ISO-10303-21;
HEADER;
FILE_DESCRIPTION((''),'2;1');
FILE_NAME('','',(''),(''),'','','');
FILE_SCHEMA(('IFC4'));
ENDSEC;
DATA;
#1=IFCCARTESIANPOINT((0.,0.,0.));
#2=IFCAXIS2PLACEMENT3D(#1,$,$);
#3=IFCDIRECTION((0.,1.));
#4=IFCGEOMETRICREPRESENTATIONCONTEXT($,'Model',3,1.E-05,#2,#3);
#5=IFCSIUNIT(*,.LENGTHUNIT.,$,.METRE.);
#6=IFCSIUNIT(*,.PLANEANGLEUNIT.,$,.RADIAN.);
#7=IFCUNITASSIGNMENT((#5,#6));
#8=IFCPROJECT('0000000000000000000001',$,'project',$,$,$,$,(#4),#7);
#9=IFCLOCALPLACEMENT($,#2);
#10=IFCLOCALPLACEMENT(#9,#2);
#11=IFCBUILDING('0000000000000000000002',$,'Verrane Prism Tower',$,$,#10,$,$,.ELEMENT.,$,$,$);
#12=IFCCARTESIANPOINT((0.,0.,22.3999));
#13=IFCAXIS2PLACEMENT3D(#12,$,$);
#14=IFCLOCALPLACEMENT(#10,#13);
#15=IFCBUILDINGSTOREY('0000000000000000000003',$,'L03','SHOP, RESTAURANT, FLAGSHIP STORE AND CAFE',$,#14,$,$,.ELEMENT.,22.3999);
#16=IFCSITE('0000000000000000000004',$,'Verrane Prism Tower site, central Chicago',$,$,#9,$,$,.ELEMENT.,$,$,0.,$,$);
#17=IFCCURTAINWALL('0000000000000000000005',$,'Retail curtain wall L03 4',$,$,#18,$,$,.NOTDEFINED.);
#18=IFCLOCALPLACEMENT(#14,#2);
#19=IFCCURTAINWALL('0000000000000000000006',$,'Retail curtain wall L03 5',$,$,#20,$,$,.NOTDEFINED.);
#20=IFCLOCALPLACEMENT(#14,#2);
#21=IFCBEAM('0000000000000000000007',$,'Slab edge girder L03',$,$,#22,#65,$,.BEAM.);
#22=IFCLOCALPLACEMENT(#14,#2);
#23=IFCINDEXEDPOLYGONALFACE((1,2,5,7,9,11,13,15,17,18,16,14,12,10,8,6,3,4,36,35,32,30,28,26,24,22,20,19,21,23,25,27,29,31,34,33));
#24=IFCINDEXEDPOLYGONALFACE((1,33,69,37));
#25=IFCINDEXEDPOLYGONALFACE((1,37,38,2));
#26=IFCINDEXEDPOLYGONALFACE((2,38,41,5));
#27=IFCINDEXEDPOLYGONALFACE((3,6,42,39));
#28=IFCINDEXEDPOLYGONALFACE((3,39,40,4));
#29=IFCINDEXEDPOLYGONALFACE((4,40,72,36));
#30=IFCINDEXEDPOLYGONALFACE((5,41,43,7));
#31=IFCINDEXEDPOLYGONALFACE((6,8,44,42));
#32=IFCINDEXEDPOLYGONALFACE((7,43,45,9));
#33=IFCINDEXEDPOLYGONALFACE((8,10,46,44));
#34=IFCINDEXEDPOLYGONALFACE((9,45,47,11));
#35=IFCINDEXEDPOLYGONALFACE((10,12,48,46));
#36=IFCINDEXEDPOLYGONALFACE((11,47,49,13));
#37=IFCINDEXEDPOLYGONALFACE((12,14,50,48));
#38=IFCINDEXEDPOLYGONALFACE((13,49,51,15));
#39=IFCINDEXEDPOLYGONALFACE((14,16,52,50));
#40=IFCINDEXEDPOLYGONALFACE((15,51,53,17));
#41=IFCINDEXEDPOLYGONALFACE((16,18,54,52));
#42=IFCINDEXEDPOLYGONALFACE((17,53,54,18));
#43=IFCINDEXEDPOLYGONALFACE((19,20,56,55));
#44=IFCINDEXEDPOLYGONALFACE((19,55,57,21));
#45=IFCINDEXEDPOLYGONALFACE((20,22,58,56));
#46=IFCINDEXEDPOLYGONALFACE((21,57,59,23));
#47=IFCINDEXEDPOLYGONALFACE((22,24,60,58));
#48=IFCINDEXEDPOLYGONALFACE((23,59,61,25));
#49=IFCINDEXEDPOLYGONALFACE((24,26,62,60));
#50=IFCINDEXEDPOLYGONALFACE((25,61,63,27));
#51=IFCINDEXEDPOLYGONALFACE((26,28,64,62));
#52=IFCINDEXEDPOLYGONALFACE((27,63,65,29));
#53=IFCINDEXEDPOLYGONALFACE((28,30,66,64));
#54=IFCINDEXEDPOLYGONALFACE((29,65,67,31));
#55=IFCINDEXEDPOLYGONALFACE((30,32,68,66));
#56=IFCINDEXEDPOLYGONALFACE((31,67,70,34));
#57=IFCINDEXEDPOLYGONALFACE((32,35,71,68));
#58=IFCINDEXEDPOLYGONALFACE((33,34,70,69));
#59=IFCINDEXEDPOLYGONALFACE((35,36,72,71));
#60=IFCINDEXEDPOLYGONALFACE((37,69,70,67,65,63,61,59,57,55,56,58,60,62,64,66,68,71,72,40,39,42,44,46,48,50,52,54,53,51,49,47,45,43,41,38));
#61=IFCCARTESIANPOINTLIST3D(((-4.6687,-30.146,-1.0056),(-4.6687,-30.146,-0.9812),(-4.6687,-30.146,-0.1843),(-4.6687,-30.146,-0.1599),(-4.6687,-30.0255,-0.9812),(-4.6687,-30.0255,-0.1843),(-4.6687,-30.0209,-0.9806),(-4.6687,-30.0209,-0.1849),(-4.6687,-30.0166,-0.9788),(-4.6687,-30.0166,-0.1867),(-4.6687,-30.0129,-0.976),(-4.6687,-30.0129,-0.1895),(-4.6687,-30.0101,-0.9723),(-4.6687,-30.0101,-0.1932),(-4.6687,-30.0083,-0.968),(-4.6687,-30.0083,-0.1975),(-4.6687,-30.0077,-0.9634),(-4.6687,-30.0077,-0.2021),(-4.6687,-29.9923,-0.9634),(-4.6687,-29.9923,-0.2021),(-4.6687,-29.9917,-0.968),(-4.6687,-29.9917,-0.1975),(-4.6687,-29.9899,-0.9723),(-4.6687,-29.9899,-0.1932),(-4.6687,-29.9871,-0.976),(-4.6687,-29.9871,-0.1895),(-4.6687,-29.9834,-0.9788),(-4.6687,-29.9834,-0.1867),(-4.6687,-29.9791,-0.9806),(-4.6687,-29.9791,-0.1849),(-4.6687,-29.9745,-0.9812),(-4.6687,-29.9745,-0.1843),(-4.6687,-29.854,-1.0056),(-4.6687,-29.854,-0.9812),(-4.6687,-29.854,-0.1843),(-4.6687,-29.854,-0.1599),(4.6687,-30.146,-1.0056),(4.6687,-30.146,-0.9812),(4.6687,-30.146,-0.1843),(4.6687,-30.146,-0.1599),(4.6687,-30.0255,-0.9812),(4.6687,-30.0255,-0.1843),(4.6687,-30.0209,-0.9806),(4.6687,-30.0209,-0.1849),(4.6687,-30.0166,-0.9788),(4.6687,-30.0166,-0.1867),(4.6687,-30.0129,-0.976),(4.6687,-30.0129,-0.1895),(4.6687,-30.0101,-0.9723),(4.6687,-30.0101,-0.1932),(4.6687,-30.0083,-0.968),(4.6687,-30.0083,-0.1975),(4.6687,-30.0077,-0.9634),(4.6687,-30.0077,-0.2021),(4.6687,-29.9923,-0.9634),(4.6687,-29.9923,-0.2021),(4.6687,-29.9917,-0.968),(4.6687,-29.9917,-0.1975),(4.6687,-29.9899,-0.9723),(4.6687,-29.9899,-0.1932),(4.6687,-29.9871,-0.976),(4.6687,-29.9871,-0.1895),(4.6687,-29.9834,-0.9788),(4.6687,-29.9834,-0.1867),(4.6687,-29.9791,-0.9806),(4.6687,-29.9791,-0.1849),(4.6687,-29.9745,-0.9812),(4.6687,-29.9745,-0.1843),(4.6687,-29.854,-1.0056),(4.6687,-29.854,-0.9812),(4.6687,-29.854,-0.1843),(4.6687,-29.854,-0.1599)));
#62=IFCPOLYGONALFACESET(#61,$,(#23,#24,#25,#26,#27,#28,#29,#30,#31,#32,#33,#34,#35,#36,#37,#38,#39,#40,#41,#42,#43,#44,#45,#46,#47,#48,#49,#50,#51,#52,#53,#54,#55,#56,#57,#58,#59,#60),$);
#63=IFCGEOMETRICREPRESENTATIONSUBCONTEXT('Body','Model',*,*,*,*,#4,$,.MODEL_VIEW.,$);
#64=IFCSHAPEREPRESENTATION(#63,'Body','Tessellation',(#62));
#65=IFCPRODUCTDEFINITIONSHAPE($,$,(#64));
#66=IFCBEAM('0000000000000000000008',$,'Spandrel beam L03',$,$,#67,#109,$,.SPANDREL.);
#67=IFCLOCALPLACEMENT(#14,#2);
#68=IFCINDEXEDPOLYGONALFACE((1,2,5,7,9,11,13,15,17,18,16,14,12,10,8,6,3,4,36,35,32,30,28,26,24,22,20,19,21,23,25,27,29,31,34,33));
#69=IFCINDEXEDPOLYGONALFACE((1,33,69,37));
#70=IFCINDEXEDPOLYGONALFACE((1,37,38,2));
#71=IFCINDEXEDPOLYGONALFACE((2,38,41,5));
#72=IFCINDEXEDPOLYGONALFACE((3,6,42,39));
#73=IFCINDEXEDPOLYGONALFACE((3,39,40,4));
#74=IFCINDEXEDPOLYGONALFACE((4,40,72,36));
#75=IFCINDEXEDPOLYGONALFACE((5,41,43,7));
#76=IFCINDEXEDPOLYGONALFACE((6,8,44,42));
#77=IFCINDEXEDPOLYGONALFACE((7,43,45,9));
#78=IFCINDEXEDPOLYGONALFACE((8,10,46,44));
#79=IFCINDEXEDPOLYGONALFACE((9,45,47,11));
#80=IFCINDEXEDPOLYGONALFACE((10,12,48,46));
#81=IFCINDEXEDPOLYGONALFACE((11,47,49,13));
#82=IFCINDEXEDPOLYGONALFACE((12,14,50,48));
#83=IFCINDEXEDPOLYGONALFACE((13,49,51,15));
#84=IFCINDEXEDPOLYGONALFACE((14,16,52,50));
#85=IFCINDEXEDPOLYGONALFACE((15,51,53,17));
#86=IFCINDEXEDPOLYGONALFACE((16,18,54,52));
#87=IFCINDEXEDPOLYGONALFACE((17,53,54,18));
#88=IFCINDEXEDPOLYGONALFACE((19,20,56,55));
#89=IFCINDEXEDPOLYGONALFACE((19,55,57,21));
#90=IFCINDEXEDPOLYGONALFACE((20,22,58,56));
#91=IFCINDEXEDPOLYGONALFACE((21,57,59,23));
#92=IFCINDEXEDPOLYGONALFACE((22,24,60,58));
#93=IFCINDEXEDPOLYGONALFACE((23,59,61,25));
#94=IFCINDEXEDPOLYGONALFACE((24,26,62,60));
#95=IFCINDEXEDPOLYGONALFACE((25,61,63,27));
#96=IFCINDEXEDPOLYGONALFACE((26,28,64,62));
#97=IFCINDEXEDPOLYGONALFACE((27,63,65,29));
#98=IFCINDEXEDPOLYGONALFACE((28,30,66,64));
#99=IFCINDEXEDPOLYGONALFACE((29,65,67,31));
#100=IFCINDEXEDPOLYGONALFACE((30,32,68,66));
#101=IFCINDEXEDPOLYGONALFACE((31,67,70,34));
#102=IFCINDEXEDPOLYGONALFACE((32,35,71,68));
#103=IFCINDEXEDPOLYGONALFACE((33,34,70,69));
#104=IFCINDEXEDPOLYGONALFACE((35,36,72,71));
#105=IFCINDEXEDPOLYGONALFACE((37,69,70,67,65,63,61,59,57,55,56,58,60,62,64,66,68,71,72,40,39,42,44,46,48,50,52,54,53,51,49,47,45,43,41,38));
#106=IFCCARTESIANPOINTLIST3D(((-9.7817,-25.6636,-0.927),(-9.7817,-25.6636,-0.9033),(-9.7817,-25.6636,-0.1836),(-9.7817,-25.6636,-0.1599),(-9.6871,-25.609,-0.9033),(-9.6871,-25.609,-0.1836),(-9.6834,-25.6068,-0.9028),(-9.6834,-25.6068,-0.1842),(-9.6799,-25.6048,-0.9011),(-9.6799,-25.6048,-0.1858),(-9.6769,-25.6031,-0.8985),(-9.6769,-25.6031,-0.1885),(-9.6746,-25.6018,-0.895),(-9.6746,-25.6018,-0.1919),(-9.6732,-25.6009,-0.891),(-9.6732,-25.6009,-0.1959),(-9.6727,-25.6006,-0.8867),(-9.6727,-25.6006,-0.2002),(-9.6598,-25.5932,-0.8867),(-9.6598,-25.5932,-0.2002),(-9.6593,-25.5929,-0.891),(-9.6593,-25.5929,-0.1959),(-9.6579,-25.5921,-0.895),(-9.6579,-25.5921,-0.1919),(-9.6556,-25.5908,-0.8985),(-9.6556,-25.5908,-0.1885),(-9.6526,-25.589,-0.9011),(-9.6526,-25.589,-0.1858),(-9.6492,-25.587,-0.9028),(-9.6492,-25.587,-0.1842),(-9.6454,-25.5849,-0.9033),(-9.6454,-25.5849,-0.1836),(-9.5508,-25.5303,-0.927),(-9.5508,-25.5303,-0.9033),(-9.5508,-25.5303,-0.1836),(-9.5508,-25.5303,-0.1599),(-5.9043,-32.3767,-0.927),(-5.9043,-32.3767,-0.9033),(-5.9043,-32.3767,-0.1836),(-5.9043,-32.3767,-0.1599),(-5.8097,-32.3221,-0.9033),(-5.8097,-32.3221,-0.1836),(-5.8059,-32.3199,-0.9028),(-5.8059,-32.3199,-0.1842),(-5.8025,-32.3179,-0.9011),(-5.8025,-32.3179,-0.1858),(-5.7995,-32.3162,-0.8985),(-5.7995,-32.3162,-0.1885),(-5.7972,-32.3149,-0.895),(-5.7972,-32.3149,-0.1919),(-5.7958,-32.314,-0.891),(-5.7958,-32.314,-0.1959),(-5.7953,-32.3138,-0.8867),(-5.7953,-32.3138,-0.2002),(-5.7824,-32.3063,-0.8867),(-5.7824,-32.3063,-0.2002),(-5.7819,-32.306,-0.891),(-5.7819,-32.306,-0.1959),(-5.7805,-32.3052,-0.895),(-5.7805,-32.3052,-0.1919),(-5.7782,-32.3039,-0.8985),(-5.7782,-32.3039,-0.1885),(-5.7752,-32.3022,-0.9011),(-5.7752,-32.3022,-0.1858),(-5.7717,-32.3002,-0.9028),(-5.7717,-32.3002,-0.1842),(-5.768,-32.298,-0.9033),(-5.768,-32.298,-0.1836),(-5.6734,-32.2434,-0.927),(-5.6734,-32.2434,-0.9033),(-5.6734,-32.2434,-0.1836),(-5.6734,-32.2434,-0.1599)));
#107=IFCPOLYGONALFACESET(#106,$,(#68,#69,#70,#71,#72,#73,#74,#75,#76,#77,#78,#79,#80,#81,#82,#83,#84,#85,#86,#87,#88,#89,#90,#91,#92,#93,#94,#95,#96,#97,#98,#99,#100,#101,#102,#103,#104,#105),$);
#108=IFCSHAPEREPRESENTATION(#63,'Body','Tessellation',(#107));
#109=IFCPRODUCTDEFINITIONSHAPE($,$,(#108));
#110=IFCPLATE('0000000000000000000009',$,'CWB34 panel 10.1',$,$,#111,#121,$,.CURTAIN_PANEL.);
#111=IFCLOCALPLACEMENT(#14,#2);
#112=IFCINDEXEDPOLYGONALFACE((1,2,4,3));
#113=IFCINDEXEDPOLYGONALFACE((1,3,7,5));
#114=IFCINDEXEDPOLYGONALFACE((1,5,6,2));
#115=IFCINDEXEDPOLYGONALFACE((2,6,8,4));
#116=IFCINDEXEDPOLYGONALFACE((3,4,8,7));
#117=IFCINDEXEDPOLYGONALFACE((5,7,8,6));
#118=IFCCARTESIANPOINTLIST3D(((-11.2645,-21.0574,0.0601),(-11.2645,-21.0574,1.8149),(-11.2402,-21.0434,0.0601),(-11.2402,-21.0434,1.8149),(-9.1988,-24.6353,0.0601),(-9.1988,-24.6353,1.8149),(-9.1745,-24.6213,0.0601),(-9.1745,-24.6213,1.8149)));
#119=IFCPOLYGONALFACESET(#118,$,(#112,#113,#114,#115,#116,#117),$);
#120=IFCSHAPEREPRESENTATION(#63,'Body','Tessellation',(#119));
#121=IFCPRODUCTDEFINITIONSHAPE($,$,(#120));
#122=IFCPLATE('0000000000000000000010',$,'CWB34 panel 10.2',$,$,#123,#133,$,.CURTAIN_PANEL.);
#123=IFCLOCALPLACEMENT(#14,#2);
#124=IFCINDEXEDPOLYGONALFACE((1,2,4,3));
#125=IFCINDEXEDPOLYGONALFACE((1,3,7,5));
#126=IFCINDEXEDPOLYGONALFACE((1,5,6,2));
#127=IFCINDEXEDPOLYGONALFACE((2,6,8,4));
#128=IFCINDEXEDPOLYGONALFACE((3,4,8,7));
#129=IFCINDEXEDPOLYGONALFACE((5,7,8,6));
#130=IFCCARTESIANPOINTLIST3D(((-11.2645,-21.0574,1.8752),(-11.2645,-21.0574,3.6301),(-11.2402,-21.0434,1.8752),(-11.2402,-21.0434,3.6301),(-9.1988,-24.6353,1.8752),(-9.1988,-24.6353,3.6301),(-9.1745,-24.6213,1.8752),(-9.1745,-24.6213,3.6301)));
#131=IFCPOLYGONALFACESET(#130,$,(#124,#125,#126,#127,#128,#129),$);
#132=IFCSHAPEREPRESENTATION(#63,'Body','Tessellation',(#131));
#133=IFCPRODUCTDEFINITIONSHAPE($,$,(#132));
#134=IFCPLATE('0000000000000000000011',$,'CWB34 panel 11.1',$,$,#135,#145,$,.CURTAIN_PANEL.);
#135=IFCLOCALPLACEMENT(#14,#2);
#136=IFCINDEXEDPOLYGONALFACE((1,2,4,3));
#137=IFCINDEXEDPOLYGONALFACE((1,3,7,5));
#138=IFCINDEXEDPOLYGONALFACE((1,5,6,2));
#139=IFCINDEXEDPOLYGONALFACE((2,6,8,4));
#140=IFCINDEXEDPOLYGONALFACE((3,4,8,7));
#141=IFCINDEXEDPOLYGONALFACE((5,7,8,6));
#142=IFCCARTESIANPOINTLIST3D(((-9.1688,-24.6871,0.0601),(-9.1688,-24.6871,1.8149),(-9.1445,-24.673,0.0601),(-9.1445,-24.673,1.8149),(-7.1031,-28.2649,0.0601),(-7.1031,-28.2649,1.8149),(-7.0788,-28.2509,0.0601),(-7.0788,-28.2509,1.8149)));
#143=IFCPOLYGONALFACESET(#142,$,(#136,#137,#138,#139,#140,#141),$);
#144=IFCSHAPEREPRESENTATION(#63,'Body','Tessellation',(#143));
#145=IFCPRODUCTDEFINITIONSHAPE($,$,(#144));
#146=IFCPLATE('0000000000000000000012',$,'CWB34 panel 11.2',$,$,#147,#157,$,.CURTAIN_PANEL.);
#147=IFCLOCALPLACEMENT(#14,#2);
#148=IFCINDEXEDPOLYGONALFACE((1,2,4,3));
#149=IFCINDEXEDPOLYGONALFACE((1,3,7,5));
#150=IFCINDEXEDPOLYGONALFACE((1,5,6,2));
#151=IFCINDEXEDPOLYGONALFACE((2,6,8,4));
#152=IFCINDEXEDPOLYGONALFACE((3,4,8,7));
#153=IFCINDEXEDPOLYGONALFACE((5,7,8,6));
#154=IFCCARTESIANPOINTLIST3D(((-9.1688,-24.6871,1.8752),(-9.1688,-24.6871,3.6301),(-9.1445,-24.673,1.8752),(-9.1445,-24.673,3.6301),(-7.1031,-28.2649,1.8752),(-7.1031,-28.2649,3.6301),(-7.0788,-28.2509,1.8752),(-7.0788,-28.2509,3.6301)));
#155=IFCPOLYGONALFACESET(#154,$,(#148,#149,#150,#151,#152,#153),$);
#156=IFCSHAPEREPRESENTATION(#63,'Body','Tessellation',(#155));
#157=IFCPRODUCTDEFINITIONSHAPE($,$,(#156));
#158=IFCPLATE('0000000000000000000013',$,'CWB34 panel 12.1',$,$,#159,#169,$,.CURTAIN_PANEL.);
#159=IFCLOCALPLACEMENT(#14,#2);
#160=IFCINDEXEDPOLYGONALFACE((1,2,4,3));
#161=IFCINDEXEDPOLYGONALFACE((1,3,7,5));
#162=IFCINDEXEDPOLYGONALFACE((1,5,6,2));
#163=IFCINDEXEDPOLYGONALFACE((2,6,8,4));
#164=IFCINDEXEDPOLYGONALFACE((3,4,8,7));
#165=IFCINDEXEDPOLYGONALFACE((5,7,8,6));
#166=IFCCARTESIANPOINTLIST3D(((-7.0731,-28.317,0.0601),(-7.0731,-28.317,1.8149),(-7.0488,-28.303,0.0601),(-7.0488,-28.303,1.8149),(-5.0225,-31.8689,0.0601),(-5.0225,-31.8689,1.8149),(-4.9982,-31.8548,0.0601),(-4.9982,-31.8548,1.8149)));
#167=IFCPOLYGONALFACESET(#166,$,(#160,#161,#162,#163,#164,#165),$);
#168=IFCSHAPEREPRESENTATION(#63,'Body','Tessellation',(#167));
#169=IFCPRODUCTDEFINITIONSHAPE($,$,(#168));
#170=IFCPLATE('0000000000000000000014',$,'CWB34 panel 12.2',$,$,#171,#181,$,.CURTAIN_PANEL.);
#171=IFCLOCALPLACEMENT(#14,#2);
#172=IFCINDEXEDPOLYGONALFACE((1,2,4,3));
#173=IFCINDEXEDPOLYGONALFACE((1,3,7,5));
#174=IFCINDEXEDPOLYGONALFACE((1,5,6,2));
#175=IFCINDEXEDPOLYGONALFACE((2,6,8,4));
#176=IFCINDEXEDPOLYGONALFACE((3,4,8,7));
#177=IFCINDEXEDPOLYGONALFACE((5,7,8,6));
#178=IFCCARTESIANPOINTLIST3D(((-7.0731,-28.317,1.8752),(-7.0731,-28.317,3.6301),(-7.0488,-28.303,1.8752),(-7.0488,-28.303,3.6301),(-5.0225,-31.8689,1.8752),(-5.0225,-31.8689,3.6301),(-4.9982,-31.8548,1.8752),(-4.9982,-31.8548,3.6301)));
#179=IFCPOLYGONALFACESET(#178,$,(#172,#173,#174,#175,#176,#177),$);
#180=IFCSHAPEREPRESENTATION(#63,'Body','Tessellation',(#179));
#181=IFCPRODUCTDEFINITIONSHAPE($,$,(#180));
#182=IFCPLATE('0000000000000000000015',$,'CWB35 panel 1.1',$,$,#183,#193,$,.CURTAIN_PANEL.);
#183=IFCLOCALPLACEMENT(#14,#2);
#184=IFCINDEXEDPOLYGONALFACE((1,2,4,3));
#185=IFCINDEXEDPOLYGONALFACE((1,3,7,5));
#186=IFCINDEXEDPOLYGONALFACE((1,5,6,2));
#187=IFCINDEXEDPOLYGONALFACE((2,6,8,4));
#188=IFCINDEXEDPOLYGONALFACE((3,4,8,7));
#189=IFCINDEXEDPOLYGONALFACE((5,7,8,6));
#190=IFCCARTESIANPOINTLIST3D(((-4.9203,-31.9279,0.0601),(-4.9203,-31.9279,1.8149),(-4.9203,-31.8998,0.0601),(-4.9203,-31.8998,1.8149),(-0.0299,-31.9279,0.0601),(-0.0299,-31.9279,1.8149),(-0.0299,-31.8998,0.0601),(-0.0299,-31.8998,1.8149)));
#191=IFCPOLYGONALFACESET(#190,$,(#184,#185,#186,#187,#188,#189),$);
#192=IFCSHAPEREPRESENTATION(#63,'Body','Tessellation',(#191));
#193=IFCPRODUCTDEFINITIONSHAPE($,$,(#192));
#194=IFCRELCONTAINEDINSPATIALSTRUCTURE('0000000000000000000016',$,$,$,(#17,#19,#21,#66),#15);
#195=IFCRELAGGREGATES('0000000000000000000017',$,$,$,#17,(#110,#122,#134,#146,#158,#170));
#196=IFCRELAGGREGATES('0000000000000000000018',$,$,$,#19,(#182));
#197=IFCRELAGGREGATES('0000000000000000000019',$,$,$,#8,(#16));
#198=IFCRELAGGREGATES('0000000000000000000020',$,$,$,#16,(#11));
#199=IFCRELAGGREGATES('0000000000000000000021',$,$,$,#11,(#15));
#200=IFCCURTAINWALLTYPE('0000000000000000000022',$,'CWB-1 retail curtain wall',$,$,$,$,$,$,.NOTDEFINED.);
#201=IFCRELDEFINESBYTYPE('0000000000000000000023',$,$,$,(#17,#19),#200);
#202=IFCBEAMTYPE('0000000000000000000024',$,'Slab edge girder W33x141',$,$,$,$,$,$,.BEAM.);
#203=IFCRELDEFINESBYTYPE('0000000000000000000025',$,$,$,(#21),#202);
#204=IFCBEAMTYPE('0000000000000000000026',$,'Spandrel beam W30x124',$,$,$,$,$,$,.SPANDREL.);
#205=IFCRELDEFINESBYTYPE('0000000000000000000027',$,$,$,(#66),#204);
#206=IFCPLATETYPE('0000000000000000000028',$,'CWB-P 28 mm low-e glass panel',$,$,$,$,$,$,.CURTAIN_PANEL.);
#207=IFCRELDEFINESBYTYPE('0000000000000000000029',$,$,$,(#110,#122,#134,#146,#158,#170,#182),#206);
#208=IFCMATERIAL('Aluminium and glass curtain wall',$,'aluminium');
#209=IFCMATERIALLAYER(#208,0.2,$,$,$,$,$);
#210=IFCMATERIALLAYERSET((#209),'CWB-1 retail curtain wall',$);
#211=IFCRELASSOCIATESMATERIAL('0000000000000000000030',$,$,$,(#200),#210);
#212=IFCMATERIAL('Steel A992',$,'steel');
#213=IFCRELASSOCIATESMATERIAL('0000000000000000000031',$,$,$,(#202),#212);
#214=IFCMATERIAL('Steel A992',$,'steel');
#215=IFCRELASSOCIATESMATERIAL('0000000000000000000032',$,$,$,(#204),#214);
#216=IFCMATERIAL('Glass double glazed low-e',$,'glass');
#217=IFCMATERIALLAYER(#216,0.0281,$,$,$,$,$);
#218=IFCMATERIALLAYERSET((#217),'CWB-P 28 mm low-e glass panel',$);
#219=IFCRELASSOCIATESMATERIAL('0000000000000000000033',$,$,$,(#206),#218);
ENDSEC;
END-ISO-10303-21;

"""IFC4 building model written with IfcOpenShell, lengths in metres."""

from ifc_helpers import new_model, si_unit, direction, frame, origin, origin_2d, place, context, subcontext, project, spatial, rectangle, i_section, extrude, material, layer, layer_set, material_profile, profile_set, type_object, element, aggregate, save


model = new_model("IFC4")

# Units and contexts
model_context = context("Model", 3, precision=1e-05, world=origin(), true_north=direction((0.0, 1.0)))
body_context = subcontext(model_context, "Body", "Model", "MODEL_VIEW")
ifc_project = project(units=[si_unit("LENGTHUNIT", "METRE"), si_unit("PLANEANGLEUNIT", "RADIAN")], contexts=[model_context])

# Site, building, storey
site_placement = place(None, origin())
site = spatial("IfcSite", under=ifc_project, at=site_placement, Name="Verrane Prism Tower site, central Chicago", CompositionType="ELEMENT", RefElevation=0.0)
building_placement = place(site_placement, origin())
building = spatial("IfcBuilding", under=site, at=building_placement, Name="Verrane Prism Tower", CompositionType="ELEMENT")
storey_placement = place(building_placement, frame((0.0, 0.0, 22.3999)))
storey = spatial("IfcBuildingStorey", under=building, at=storey_placement, Name="L03", Description="SHOP, RESTAURANT, FLAGSHIP STORE AND CAFE", CompositionType="ELEMENT", Elevation=22.3999)

# Curtain wall
ifc_material_1 = material(Name="Aluminium and glass curtain wall", Category="aluminium")
ifc_layer_1 = layer(ifc_material_1, 0.2)
ifc_layer_set_1 = layer_set([ifc_layer_1], Name="CWB-1 retail curtain wall")
curtain_wall_type = type_object("IfcCurtainWallType", Name="CWB-1 retail curtain wall", PredefinedType="NOTDEFINED", material=ifc_layer_set_1)
curtain_wall_1_placement = place(storey_placement, origin())
curtain_wall_1 = element("IfcCurtainWall", 1, at=curtain_wall_1_placement, inside=storey, type_object=curtain_wall_type, Name="Retail curtain wall L03 4", PredefinedType="NOTDEFINED")

# Curtain wall
curtain_wall_2_placement = place(storey_placement, origin())
curtain_wall_2 = element("IfcCurtainWall", 2, at=curtain_wall_2_placement, inside=storey, type_object=curtain_wall_type, Name="Retail curtain wall L03 5", PredefinedType="NOTDEFINED")

# Beams
ifc_material_2 = material(Name="Steel A992", Category="steel")
ifc_material_profile_1 = material_profile(ifc_material_2, i_section(OverallWidth=0.292, OverallDepth=0.8457, WebThickness=0.0154, FlangeThickness=0.0244, FilletRadius=0.0178, at=origin_2d()), Name="W33x141")
ifc_profile_set_1 = profile_set([ifc_material_profile_1], Name="Steel A992")
beam_type_1 = type_object("IfcBeamType", Name="Slab edge girder W33x141", PredefinedType="BEAM", material=ifc_profile_set_1)
beam_1_placement = place(storey_placement, frame((-4.6687, -30.0, -0.5828), z_axis=(1.0, 0.0, 0.0), x_axis=(0.0, 1.0, 0.0)))
element("IfcBeam", 3, at=beam_1_placement, inside=storey, type_object=beam_type_1, Name="Slab edge girder L03", PredefinedType="BEAM", context=body_context, shape_type="SweptSolid", body=[
    extrude(i_section(OverallWidth=0.292, OverallDepth=0.8457, WebThickness=0.0154, FlangeThickness=0.0244, FilletRadius=0.0178, at=origin_2d()), origin(), (0.0, 0.0, 1.0), 9.3374),
])
ifc_material_3 = material(Name="Steel A992", Category="steel")
ifc_material_profile_2 = material_profile(ifc_material_3, i_section(OverallWidth=0.2666, OverallDepth=0.7671, WebThickness=0.0149, FlangeThickness=0.0237, FilletRadius=0.0166, at=origin_2d()), Name="W30x124")
ifc_profile_set_2 = profile_set([ifc_material_profile_2], Name="Steel A992")
beam_type_2 = type_object("IfcBeamType", Name="Spandrel beam W30x124", PredefinedType="SPANDREL", material=ifc_profile_set_2)
beam_2_placement = place(storey_placement, frame((-9.6663, -25.5969, -0.5435), z_axis=(0.500156, -0.865935, 0.0), x_axis=(0.865935, 0.500156, 0.0)))
element("IfcBeam", 4, at=beam_2_placement, inside=storey, type_object=beam_type_2, Name="Spandrel beam L03", PredefinedType="SPANDREL", context=body_context, shape_type="SweptSolid", body=[
    extrude(i_section(OverallWidth=0.2666, OverallDepth=0.7671, WebThickness=0.0149, FlangeThickness=0.0237, FilletRadius=0.0166, at=origin_2d()), origin(), (0.0, 0.0, 1.0), 7.7524),
])

# Plates
ifc_material_4 = material(Name="Glass double glazed low-e", Category="glass")
ifc_layer_2 = layer(ifc_material_4, 0.0281)
ifc_layer_set_2 = layer_set([ifc_layer_2], Name="CWB-P 28 mm low-e glass panel")
plate_type = type_object("IfcPlateType", Name="CWB-P 28 mm low-e glass panel", PredefinedType="CURTAIN_PANEL", material=ifc_layer_set_2)
plate_1_placement = place(storey_placement, frame((-10.2195, -22.8394, 0.0601), z_axis=(0.0, 0.0, 1.0), x_axis=(0.5, -0.866025, 0.0)))
plate_1 = element("IfcPlate", 5, at=plate_1_placement, type_object=plate_type, Name="CWB34 panel 10.1", PredefinedType="CURTAIN_PANEL", context=body_context, shape_type="SweptSolid", body=[
    extrude(rectangle(XDim=4.1313, YDim=0.0281, at=origin_2d()), origin(), (0.0, 0.0, 1.0), 1.7549),
])
plate_2_placement = place(storey_placement, frame((-10.2195, -22.8394, 1.8752), z_axis=(0.0, 0.0, 1.0), x_axis=(0.5, -0.866025, 0.0)))
plate_2 = element("IfcPlate", 6, at=plate_2_placement, type_object=plate_type, Name="CWB34 panel 10.2", PredefinedType="CURTAIN_PANEL", context=body_context, shape_type="SweptSolid", body=[
    extrude(rectangle(XDim=4.1313, YDim=0.0281, at=origin_2d()), origin(), (0.0, 0.0, 1.0), 1.7549),
])
plate_3_placement = place(storey_placement, frame((-8.1238, -26.469, 0.0601), z_axis=(0.0, 0.0, 1.0), x_axis=(0.5, -0.866025, 0.0)))
plate_3 = element("IfcPlate", 7, at=plate_3_placement, type_object=plate_type, Name="CWB34 panel 11.1", PredefinedType="CURTAIN_PANEL", context=body_context, shape_type="SweptSolid", body=[
    extrude(rectangle(XDim=4.1313, YDim=0.0281, at=origin_2d()), origin(), (0.0, 0.0, 1.0), 1.7549),
])
plate_4_placement = place(storey_placement, frame((-8.1238, -26.469, 1.8752), z_axis=(0.0, 0.0, 1.0), x_axis=(0.5, -0.866025, 0.0)))
plate_4 = element("IfcPlate", 8, at=plate_4_placement, type_object=plate_type, Name="CWB34 panel 11.2", PredefinedType="CURTAIN_PANEL", context=body_context, shape_type="SweptSolid", body=[
    extrude(rectangle(XDim=4.1313, YDim=0.0281, at=origin_2d()), origin(), (0.0, 0.0, 1.0), 1.7549),
])
plate_5_placement = place(storey_placement, frame((-6.0356, -30.0859, 0.0601), z_axis=(0.0, 0.0, 1.0), x_axis=(0.5, -0.866025, 0.0)))
plate_5 = element("IfcPlate", 9, at=plate_5_placement, type_object=plate_type, Name="CWB34 panel 12.1", PredefinedType="CURTAIN_PANEL", context=body_context, shape_type="SweptSolid", body=[
    extrude(rectangle(XDim=4.1013, YDim=0.0281, at=origin_2d()), origin(), (0.0, 0.0, 1.0), 1.7549),
])
plate_6_placement = place(storey_placement, frame((-6.0356, -30.0859, 1.8752), z_axis=(0.0, 0.0, 1.0), x_axis=(0.5, -0.866025, 0.0)))
plate_6 = element("IfcPlate", 10, at=plate_6_placement, type_object=plate_type, Name="CWB34 panel 12.2", PredefinedType="CURTAIN_PANEL", context=body_context, shape_type="SweptSolid", body=[
    extrude(rectangle(XDim=4.1013, YDim=0.0281, at=origin_2d()), origin(), (0.0, 0.0, 1.0), 1.7549),
])
aggregate(curtain_wall_1, [plate_1, plate_2, plate_3, plate_4, plate_5, plate_6])
plate_7_placement = place(storey_placement, frame((-2.4751, -31.9138, 0.0601), z_axis=(0.0, 0.0, 1.0), x_axis=(1.0, 0.0, 0.0)))
plate_7 = element("IfcPlate", 11, at=plate_7_placement, type_object=plate_type, Name="CWB35 panel 1.1", PredefinedType="CURTAIN_PANEL", context=body_context, shape_type="SweptSolid", body=[
    extrude(rectangle(XDim=4.8904, YDim=0.0281, at=origin_2d()), origin(), (0.0, 0.0, 1.0), 1.7549),
])
aggregate(curtain_wall_2, [plate_7])

save(model, "model.ifc")
